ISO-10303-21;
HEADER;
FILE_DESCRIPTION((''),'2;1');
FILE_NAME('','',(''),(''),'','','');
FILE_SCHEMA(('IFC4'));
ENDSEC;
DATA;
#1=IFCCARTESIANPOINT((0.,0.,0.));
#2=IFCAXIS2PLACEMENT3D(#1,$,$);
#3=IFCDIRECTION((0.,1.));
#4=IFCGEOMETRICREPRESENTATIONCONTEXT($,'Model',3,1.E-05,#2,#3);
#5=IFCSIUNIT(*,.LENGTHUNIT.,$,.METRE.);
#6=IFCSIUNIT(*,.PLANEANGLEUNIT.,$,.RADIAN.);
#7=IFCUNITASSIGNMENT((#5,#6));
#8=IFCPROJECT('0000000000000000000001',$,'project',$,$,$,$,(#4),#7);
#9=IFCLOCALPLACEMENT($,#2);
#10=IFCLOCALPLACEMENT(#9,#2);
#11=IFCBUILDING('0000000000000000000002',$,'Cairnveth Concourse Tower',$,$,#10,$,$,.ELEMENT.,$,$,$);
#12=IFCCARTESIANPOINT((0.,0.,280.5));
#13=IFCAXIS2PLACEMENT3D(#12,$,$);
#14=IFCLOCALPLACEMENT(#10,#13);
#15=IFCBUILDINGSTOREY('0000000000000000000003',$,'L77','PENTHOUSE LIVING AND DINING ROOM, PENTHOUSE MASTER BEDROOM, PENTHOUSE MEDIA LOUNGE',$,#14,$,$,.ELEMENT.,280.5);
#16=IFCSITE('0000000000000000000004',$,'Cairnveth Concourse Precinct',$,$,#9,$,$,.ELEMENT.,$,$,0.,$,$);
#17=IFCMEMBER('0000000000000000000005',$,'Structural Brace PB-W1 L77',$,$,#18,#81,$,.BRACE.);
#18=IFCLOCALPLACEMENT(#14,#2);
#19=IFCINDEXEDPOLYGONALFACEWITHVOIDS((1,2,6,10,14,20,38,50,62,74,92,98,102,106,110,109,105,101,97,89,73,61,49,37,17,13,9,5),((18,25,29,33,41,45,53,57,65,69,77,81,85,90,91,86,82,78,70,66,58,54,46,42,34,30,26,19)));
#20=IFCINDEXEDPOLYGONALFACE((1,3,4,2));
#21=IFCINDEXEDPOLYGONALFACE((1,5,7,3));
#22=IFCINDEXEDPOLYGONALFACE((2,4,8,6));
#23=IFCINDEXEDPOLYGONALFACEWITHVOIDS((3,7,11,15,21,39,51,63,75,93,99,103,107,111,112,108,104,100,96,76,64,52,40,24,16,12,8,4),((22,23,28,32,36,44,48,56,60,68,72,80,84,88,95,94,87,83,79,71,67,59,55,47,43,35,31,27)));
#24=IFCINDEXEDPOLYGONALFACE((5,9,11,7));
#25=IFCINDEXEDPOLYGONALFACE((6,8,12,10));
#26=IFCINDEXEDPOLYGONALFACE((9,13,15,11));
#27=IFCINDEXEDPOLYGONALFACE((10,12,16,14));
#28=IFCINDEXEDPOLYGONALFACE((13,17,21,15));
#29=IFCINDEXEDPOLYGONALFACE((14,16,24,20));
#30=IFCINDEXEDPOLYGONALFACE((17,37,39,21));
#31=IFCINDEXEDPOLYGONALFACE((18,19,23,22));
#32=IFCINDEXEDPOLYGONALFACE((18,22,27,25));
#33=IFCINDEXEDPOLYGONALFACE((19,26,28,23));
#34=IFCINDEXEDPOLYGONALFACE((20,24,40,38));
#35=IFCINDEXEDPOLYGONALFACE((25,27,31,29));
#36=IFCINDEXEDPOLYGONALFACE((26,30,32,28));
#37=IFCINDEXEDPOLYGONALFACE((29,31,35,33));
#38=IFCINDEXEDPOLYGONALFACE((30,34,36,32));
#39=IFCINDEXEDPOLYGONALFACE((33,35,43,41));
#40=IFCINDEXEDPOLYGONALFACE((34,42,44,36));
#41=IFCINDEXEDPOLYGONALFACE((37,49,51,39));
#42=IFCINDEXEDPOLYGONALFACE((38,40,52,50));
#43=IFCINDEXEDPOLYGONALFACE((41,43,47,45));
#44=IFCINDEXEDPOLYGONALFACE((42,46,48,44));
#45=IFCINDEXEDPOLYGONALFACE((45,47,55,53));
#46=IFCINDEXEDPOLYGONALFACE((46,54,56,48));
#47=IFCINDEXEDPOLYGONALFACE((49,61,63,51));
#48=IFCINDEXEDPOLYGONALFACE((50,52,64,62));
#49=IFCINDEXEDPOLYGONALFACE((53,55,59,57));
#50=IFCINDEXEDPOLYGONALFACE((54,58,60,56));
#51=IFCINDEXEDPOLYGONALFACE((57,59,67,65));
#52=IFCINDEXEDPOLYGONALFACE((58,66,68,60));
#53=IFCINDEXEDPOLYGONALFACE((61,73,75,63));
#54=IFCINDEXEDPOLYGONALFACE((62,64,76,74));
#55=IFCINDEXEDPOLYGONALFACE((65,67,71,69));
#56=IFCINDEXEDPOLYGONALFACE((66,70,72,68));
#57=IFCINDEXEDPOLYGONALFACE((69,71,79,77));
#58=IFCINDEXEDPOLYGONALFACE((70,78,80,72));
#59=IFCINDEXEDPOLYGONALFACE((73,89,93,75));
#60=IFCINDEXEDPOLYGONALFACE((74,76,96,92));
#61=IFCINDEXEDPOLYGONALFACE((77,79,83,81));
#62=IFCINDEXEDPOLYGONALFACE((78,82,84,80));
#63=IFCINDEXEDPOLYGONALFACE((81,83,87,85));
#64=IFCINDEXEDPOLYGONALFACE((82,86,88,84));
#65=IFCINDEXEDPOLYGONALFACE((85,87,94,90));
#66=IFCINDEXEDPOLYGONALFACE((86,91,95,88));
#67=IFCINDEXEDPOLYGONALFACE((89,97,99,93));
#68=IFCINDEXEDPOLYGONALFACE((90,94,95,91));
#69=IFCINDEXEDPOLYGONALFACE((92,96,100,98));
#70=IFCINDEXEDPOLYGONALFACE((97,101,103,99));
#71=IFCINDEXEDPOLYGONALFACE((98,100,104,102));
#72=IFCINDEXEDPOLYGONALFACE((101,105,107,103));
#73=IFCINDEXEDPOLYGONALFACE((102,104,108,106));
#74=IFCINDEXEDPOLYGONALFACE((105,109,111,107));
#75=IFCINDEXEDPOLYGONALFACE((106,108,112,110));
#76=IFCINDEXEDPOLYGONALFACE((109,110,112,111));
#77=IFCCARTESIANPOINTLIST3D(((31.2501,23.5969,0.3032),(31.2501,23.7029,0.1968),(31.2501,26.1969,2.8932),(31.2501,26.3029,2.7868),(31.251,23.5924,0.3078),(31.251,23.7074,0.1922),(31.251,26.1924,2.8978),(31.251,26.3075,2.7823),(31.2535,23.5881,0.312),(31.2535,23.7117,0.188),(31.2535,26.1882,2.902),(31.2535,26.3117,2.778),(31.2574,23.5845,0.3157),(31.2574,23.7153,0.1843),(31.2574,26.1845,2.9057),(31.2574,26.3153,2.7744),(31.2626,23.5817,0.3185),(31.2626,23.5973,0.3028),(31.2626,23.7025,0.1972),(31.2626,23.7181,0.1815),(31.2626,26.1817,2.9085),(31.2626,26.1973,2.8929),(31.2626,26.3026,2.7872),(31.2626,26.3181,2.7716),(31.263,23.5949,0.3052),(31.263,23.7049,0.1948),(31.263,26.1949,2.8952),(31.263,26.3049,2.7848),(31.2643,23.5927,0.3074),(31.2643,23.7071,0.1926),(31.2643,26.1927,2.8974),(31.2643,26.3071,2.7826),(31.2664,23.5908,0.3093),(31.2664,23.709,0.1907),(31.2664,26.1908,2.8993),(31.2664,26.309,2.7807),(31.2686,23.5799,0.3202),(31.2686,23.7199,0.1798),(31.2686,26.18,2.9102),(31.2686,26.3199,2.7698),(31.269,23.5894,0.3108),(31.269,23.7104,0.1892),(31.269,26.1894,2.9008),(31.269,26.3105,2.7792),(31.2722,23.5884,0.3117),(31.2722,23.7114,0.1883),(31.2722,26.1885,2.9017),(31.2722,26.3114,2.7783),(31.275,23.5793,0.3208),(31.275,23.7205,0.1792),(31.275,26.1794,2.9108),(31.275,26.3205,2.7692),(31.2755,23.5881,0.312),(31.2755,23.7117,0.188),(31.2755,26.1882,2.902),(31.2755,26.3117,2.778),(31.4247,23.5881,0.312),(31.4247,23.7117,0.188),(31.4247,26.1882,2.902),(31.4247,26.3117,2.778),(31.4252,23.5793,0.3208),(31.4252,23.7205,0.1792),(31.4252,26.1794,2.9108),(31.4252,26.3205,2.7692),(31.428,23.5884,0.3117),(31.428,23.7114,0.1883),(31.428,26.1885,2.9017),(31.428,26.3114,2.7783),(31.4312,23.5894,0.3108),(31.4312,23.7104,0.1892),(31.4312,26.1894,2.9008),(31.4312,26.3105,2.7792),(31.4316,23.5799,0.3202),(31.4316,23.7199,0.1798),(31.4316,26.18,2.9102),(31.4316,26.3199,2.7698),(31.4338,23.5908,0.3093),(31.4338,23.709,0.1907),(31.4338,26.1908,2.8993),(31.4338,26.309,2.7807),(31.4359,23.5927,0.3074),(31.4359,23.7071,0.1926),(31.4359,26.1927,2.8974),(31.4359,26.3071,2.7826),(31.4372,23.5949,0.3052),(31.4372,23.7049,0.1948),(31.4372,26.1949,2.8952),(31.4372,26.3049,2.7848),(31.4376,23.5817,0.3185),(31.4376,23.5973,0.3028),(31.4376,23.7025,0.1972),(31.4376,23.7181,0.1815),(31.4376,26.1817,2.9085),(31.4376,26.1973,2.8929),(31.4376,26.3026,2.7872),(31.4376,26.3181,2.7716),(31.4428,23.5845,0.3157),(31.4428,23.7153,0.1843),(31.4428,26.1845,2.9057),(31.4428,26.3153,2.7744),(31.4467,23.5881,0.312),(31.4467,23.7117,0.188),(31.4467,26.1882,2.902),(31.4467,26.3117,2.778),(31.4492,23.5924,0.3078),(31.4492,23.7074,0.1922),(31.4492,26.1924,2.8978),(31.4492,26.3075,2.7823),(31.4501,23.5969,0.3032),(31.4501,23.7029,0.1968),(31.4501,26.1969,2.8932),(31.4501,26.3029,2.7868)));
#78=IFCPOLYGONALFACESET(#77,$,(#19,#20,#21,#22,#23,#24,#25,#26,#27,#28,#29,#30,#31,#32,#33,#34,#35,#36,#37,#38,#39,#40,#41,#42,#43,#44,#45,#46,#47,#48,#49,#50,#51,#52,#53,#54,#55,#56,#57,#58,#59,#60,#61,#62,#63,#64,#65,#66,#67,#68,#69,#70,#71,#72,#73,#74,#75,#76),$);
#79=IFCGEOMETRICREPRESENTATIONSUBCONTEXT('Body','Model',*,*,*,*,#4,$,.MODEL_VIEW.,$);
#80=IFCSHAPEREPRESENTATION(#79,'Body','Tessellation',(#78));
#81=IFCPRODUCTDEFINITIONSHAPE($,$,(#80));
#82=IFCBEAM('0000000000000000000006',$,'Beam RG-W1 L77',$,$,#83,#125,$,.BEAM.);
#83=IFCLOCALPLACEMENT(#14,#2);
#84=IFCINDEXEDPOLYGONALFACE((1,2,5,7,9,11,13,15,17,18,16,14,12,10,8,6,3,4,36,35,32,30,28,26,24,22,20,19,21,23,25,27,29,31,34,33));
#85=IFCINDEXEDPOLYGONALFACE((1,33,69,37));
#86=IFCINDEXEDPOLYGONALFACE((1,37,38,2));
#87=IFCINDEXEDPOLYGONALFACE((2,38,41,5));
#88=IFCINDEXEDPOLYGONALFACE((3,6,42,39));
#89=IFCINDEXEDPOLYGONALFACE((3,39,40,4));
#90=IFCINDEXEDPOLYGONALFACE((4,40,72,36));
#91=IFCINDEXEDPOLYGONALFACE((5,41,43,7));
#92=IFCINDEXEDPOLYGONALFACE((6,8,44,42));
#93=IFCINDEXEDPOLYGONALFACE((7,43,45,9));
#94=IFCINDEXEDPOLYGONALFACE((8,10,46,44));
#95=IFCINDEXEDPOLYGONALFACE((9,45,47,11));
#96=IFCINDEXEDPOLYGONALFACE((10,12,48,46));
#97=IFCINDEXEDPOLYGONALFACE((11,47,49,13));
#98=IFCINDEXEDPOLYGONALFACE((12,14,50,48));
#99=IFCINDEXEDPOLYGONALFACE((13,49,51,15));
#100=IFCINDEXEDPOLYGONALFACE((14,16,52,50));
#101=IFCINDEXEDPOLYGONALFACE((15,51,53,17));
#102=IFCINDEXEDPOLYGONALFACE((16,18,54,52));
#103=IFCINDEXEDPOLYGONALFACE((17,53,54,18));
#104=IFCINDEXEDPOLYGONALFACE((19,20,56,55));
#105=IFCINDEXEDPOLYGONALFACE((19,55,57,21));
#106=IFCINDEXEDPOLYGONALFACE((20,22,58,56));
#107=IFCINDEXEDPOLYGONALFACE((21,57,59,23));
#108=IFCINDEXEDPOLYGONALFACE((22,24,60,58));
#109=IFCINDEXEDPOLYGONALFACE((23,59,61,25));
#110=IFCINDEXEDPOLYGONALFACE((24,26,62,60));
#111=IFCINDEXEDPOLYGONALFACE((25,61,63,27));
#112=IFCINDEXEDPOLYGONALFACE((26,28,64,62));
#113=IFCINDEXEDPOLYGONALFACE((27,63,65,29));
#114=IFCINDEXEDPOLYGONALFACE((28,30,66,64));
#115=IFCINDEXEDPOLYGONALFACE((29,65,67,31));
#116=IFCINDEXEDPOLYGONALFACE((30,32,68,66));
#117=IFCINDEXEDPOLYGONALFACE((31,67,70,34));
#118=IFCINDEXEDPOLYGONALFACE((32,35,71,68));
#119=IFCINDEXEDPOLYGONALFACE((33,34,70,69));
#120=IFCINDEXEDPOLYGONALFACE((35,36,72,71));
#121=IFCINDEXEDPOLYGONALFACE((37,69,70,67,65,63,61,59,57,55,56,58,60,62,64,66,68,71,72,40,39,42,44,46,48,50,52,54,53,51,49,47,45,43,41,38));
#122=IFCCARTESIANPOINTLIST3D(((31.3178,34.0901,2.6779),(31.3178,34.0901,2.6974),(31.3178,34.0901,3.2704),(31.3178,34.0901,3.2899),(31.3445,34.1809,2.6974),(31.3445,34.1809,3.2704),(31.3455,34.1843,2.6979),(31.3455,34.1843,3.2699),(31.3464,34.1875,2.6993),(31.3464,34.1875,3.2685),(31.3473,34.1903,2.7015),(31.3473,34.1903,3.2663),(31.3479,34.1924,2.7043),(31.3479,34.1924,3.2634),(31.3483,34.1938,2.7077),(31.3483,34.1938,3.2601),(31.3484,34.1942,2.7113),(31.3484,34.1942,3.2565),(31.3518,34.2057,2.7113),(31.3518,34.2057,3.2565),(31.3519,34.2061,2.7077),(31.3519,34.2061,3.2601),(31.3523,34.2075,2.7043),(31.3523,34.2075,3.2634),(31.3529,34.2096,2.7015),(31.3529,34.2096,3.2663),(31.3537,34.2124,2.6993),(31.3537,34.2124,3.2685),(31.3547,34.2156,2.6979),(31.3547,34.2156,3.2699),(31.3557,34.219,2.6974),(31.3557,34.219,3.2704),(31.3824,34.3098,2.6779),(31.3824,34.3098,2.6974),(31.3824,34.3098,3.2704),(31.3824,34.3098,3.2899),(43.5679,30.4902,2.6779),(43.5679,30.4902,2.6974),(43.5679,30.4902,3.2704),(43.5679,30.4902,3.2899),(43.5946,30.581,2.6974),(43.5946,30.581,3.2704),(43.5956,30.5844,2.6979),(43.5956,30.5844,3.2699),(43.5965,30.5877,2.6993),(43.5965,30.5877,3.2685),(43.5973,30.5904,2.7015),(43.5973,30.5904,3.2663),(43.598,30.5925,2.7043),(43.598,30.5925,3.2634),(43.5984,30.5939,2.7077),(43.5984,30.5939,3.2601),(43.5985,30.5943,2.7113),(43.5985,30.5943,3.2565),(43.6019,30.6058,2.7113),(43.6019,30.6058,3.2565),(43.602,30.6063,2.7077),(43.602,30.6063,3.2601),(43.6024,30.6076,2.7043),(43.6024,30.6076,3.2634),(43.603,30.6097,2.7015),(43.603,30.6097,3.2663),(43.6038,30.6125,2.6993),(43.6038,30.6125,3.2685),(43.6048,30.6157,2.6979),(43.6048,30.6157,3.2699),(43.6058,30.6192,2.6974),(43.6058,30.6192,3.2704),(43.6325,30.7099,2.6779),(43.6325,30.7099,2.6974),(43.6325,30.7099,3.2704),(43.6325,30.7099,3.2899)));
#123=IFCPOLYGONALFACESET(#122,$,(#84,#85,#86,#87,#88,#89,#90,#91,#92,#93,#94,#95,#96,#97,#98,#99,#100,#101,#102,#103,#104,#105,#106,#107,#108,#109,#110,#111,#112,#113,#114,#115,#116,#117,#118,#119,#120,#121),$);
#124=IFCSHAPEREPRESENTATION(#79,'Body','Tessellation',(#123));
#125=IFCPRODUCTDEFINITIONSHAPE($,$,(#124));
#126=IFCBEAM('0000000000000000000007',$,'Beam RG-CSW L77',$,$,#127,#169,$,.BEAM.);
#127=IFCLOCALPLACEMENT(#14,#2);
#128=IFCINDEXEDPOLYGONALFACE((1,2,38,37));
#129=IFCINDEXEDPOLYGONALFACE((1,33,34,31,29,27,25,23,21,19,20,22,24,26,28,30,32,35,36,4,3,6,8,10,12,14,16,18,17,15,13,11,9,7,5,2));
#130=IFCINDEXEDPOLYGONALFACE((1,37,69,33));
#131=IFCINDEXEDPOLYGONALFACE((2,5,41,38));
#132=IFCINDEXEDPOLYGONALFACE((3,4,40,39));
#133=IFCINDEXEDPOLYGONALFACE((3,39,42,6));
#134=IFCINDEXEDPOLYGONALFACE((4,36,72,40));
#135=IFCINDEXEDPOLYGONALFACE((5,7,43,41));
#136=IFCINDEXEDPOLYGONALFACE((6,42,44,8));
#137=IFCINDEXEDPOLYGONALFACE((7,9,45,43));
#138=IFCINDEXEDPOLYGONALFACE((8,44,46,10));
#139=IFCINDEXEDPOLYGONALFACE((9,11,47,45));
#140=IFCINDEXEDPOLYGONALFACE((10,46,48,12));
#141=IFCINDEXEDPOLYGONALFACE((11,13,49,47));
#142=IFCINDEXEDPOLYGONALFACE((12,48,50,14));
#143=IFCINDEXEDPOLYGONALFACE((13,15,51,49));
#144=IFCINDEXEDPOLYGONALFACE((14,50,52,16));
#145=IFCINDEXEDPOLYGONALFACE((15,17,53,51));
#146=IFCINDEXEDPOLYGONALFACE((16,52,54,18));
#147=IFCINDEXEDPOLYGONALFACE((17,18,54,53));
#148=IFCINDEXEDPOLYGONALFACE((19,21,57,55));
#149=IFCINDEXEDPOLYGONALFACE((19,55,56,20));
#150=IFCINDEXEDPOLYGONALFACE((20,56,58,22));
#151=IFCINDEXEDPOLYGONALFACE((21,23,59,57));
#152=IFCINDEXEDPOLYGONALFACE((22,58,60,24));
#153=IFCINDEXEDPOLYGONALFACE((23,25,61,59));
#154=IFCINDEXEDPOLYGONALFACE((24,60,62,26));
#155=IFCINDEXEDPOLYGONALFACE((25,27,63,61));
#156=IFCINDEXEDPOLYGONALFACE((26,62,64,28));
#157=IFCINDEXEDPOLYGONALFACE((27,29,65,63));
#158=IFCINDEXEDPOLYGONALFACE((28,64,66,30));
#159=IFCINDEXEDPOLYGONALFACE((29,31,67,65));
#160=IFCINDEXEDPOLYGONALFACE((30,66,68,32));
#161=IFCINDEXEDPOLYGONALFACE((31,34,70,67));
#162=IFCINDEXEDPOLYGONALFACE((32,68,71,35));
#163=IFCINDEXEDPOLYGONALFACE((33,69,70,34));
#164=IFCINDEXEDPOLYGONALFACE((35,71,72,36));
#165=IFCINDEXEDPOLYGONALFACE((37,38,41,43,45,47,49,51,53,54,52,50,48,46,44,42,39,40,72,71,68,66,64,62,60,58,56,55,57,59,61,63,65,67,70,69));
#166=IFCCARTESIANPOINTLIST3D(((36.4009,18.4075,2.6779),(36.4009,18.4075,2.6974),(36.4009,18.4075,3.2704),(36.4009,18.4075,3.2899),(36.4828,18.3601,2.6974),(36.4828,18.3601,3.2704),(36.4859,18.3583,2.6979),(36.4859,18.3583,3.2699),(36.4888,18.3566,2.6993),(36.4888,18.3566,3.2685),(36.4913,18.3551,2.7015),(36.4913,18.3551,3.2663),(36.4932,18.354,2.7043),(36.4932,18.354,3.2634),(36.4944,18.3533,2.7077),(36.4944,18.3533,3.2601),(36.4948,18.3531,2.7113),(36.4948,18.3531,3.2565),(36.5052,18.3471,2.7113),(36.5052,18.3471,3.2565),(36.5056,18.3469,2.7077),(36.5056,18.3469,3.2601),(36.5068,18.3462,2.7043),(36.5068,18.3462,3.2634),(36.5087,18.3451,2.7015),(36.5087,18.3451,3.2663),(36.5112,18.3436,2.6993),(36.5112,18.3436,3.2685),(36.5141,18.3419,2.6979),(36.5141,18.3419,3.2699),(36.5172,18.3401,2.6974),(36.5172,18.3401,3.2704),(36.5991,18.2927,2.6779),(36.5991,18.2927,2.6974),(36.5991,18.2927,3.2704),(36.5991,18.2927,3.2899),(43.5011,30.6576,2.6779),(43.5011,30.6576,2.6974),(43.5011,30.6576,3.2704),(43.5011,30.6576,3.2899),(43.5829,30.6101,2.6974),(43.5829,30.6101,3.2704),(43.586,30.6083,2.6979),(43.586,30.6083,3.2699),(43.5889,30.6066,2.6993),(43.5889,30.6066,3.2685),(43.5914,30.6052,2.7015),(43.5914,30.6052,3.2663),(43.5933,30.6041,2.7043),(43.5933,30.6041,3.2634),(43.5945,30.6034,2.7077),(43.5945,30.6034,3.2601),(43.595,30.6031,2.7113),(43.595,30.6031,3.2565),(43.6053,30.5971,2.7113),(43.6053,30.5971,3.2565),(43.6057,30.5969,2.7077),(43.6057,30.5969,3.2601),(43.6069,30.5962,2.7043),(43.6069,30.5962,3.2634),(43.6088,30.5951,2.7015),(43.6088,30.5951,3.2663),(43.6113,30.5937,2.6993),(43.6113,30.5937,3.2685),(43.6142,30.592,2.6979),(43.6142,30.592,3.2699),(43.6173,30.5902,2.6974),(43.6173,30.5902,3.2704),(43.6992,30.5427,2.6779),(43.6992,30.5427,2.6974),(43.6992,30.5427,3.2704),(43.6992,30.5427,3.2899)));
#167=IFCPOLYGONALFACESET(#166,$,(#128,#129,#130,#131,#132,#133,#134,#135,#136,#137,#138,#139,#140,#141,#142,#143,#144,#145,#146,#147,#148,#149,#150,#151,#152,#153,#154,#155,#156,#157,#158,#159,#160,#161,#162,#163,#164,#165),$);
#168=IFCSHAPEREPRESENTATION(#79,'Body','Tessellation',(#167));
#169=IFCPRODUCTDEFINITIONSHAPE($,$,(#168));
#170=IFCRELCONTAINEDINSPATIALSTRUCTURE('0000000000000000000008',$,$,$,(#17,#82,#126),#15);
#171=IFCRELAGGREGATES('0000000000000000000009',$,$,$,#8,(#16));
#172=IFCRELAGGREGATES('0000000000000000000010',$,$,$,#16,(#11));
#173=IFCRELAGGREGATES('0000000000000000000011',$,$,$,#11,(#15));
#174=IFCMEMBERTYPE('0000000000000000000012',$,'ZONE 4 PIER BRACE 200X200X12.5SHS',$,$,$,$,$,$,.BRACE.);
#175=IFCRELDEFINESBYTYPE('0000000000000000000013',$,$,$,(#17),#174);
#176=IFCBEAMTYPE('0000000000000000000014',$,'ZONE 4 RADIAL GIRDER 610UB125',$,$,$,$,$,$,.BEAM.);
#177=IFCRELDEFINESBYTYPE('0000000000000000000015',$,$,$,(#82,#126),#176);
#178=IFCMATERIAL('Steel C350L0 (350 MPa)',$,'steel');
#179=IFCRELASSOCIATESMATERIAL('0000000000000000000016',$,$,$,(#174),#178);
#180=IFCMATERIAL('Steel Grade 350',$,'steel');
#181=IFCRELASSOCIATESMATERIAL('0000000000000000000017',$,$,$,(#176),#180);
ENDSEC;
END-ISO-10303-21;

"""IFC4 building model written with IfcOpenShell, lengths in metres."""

from ifc_helpers import new_model, si_unit, direction, frame, origin, origin_2d, place, context, subcontext, project, spatial, hollow_rectangle, i_section, extrude, material, material_profile, profile_set, type_object, element, save


model = new_model("IFC4")

# Units and contexts
model_context = context("Model", 3, precision=1e-05, world=origin(), true_north=direction((0.0, 1.0)))
body_context = subcontext(model_context, "Body", "Model", "MODEL_VIEW")
ifc_project = project(units=[si_unit("LENGTHUNIT", "METRE"), si_unit("PLANEANGLEUNIT", "RADIAN")], contexts=[model_context])

# Site, building, storey
site_placement = place(None, origin())
site = spatial("IfcSite", under=ifc_project, at=site_placement, Name="Cairnveth Concourse Precinct", CompositionType="ELEMENT", RefElevation=0.0)
building_placement = place(site_placement, origin())
building = spatial("IfcBuilding", under=site, at=building_placement, Name="Cairnveth Concourse Tower", CompositionType="ELEMENT")
storey_placement = place(building_placement, frame((0.0, 0.0, 280.5)))
storey = spatial("IfcBuildingStorey", under=building, at=storey_placement, Name="L77", Description="PENTHOUSE LIVING AND DINING ROOM, PENTHOUSE MASTER BEDROOM, PENTHOUSE MEDIA LOUNGE", CompositionType="ELEMENT", Elevation=280.5)

# Shared definitions
ifc_material_1 = material(Name="Steel Grade 350", Category="steel")

# Member
ifc_material_2 = material(Name="Steel C350L0 (350 MPa)", Category="steel")
ifc_material_profile_1 = material_profile(ifc_material_2, hollow_rectangle(XDim=0.2, YDim=0.2, WallThickness=0.0125, InnerFilletRadius=0.0129, OuterFilletRadius=0.0249, at=origin_2d()), Name="200x200x12.5SHS")
ifc_profile_set_1 = profile_set([ifc_material_profile_1], Name="Steel C350L0 (350 MPa)")
member_type = type_object("IfcMemberType", Name="ZONE 4 PIER BRACE 200X200X12.5SHS", PredefinedType="BRACE", material=ifc_profile_set_1)
for number, where, z_axis, x_axis, name in (
    (1, (31.3501, 23.6499, 0.25), (0.0, 0.708469, 0.705742), (-1.0, 0.0, 0.0), "Structural Brace PB-W1 L77"),
):
    element("IfcMember", number, at=place(storey_placement, frame(where, z_axis=z_axis, x_axis=x_axis)), inside=storey, type_object=member_type, Name=name, PredefinedType="BRACE", context=body_context, shape_type="SweptSolid", body=[
        extrude(hollow_rectangle(XDim=0.2, YDim=0.2, WallThickness=0.0125, InnerFilletRadius=0.0129, OuterFilletRadius=0.0249, at=origin_2d()), origin(), (0.0, 0.0, 1.0), 3.6699),
    ])

# Beams
ifc_material_profile_2 = material_profile(ifc_material_1, i_section(OverallWidth=0.229, OverallDepth=0.6121, WebThickness=0.012, FlangeThickness=0.0195, FilletRadius=0.0139, at=origin_2d()), Name="610UB125")
ifc_profile_set_2 = profile_set([ifc_material_profile_2], Name="Steel Grade 350")
beam_type_1 = type_object("IfcBeamType", Name="ZONE 4 RADIAL GIRDER 610UB125", PredefinedType="BEAM", material=ifc_profile_set_2)
beam_1_placement = place(storey_placement, frame((31.3501, 34.2, 2.9839), z_axis=(0.959431, -0.281944, 0.0), x_axis=(0.281944, 0.959431, 0.0)))
element("IfcBeam", 2, at=beam_1_placement, inside=storey, type_object=beam_type_1, Name="Beam RG-W1 L77", PredefinedType="BEAM", context=body_context, shape_type="SweptSolid", body=[
    extrude(i_section(OverallWidth=0.229, OverallDepth=0.6121, WebThickness=0.012, FlangeThickness=0.0195, FilletRadius=0.0139, at=origin_2d()), origin(), (0.0, 0.0, 1.0), 12.7681),
])
beam_2_placement = place(storey_placement, frame((36.5, 18.3501, 2.9839), z_axis=(0.501459, 0.865181, 0.0), x_axis=(-0.865181, 0.501459, 0.0)))
element("IfcBeam", 3, at=beam_2_placement, inside=storey, type_object=beam_type_1, Name="Beam RG-CSW L77", PredefinedType="BEAM", context=body_context, shape_type="SweptSolid", body=[
    extrude(i_section(OverallWidth=0.229, OverallDepth=0.6121, WebThickness=0.012, FlangeThickness=0.0195, FilletRadius=0.0139, at=origin_2d()), origin(), (0.0, 0.0, 1.0), 14.1589),
])

save(model, "model.ifc")
